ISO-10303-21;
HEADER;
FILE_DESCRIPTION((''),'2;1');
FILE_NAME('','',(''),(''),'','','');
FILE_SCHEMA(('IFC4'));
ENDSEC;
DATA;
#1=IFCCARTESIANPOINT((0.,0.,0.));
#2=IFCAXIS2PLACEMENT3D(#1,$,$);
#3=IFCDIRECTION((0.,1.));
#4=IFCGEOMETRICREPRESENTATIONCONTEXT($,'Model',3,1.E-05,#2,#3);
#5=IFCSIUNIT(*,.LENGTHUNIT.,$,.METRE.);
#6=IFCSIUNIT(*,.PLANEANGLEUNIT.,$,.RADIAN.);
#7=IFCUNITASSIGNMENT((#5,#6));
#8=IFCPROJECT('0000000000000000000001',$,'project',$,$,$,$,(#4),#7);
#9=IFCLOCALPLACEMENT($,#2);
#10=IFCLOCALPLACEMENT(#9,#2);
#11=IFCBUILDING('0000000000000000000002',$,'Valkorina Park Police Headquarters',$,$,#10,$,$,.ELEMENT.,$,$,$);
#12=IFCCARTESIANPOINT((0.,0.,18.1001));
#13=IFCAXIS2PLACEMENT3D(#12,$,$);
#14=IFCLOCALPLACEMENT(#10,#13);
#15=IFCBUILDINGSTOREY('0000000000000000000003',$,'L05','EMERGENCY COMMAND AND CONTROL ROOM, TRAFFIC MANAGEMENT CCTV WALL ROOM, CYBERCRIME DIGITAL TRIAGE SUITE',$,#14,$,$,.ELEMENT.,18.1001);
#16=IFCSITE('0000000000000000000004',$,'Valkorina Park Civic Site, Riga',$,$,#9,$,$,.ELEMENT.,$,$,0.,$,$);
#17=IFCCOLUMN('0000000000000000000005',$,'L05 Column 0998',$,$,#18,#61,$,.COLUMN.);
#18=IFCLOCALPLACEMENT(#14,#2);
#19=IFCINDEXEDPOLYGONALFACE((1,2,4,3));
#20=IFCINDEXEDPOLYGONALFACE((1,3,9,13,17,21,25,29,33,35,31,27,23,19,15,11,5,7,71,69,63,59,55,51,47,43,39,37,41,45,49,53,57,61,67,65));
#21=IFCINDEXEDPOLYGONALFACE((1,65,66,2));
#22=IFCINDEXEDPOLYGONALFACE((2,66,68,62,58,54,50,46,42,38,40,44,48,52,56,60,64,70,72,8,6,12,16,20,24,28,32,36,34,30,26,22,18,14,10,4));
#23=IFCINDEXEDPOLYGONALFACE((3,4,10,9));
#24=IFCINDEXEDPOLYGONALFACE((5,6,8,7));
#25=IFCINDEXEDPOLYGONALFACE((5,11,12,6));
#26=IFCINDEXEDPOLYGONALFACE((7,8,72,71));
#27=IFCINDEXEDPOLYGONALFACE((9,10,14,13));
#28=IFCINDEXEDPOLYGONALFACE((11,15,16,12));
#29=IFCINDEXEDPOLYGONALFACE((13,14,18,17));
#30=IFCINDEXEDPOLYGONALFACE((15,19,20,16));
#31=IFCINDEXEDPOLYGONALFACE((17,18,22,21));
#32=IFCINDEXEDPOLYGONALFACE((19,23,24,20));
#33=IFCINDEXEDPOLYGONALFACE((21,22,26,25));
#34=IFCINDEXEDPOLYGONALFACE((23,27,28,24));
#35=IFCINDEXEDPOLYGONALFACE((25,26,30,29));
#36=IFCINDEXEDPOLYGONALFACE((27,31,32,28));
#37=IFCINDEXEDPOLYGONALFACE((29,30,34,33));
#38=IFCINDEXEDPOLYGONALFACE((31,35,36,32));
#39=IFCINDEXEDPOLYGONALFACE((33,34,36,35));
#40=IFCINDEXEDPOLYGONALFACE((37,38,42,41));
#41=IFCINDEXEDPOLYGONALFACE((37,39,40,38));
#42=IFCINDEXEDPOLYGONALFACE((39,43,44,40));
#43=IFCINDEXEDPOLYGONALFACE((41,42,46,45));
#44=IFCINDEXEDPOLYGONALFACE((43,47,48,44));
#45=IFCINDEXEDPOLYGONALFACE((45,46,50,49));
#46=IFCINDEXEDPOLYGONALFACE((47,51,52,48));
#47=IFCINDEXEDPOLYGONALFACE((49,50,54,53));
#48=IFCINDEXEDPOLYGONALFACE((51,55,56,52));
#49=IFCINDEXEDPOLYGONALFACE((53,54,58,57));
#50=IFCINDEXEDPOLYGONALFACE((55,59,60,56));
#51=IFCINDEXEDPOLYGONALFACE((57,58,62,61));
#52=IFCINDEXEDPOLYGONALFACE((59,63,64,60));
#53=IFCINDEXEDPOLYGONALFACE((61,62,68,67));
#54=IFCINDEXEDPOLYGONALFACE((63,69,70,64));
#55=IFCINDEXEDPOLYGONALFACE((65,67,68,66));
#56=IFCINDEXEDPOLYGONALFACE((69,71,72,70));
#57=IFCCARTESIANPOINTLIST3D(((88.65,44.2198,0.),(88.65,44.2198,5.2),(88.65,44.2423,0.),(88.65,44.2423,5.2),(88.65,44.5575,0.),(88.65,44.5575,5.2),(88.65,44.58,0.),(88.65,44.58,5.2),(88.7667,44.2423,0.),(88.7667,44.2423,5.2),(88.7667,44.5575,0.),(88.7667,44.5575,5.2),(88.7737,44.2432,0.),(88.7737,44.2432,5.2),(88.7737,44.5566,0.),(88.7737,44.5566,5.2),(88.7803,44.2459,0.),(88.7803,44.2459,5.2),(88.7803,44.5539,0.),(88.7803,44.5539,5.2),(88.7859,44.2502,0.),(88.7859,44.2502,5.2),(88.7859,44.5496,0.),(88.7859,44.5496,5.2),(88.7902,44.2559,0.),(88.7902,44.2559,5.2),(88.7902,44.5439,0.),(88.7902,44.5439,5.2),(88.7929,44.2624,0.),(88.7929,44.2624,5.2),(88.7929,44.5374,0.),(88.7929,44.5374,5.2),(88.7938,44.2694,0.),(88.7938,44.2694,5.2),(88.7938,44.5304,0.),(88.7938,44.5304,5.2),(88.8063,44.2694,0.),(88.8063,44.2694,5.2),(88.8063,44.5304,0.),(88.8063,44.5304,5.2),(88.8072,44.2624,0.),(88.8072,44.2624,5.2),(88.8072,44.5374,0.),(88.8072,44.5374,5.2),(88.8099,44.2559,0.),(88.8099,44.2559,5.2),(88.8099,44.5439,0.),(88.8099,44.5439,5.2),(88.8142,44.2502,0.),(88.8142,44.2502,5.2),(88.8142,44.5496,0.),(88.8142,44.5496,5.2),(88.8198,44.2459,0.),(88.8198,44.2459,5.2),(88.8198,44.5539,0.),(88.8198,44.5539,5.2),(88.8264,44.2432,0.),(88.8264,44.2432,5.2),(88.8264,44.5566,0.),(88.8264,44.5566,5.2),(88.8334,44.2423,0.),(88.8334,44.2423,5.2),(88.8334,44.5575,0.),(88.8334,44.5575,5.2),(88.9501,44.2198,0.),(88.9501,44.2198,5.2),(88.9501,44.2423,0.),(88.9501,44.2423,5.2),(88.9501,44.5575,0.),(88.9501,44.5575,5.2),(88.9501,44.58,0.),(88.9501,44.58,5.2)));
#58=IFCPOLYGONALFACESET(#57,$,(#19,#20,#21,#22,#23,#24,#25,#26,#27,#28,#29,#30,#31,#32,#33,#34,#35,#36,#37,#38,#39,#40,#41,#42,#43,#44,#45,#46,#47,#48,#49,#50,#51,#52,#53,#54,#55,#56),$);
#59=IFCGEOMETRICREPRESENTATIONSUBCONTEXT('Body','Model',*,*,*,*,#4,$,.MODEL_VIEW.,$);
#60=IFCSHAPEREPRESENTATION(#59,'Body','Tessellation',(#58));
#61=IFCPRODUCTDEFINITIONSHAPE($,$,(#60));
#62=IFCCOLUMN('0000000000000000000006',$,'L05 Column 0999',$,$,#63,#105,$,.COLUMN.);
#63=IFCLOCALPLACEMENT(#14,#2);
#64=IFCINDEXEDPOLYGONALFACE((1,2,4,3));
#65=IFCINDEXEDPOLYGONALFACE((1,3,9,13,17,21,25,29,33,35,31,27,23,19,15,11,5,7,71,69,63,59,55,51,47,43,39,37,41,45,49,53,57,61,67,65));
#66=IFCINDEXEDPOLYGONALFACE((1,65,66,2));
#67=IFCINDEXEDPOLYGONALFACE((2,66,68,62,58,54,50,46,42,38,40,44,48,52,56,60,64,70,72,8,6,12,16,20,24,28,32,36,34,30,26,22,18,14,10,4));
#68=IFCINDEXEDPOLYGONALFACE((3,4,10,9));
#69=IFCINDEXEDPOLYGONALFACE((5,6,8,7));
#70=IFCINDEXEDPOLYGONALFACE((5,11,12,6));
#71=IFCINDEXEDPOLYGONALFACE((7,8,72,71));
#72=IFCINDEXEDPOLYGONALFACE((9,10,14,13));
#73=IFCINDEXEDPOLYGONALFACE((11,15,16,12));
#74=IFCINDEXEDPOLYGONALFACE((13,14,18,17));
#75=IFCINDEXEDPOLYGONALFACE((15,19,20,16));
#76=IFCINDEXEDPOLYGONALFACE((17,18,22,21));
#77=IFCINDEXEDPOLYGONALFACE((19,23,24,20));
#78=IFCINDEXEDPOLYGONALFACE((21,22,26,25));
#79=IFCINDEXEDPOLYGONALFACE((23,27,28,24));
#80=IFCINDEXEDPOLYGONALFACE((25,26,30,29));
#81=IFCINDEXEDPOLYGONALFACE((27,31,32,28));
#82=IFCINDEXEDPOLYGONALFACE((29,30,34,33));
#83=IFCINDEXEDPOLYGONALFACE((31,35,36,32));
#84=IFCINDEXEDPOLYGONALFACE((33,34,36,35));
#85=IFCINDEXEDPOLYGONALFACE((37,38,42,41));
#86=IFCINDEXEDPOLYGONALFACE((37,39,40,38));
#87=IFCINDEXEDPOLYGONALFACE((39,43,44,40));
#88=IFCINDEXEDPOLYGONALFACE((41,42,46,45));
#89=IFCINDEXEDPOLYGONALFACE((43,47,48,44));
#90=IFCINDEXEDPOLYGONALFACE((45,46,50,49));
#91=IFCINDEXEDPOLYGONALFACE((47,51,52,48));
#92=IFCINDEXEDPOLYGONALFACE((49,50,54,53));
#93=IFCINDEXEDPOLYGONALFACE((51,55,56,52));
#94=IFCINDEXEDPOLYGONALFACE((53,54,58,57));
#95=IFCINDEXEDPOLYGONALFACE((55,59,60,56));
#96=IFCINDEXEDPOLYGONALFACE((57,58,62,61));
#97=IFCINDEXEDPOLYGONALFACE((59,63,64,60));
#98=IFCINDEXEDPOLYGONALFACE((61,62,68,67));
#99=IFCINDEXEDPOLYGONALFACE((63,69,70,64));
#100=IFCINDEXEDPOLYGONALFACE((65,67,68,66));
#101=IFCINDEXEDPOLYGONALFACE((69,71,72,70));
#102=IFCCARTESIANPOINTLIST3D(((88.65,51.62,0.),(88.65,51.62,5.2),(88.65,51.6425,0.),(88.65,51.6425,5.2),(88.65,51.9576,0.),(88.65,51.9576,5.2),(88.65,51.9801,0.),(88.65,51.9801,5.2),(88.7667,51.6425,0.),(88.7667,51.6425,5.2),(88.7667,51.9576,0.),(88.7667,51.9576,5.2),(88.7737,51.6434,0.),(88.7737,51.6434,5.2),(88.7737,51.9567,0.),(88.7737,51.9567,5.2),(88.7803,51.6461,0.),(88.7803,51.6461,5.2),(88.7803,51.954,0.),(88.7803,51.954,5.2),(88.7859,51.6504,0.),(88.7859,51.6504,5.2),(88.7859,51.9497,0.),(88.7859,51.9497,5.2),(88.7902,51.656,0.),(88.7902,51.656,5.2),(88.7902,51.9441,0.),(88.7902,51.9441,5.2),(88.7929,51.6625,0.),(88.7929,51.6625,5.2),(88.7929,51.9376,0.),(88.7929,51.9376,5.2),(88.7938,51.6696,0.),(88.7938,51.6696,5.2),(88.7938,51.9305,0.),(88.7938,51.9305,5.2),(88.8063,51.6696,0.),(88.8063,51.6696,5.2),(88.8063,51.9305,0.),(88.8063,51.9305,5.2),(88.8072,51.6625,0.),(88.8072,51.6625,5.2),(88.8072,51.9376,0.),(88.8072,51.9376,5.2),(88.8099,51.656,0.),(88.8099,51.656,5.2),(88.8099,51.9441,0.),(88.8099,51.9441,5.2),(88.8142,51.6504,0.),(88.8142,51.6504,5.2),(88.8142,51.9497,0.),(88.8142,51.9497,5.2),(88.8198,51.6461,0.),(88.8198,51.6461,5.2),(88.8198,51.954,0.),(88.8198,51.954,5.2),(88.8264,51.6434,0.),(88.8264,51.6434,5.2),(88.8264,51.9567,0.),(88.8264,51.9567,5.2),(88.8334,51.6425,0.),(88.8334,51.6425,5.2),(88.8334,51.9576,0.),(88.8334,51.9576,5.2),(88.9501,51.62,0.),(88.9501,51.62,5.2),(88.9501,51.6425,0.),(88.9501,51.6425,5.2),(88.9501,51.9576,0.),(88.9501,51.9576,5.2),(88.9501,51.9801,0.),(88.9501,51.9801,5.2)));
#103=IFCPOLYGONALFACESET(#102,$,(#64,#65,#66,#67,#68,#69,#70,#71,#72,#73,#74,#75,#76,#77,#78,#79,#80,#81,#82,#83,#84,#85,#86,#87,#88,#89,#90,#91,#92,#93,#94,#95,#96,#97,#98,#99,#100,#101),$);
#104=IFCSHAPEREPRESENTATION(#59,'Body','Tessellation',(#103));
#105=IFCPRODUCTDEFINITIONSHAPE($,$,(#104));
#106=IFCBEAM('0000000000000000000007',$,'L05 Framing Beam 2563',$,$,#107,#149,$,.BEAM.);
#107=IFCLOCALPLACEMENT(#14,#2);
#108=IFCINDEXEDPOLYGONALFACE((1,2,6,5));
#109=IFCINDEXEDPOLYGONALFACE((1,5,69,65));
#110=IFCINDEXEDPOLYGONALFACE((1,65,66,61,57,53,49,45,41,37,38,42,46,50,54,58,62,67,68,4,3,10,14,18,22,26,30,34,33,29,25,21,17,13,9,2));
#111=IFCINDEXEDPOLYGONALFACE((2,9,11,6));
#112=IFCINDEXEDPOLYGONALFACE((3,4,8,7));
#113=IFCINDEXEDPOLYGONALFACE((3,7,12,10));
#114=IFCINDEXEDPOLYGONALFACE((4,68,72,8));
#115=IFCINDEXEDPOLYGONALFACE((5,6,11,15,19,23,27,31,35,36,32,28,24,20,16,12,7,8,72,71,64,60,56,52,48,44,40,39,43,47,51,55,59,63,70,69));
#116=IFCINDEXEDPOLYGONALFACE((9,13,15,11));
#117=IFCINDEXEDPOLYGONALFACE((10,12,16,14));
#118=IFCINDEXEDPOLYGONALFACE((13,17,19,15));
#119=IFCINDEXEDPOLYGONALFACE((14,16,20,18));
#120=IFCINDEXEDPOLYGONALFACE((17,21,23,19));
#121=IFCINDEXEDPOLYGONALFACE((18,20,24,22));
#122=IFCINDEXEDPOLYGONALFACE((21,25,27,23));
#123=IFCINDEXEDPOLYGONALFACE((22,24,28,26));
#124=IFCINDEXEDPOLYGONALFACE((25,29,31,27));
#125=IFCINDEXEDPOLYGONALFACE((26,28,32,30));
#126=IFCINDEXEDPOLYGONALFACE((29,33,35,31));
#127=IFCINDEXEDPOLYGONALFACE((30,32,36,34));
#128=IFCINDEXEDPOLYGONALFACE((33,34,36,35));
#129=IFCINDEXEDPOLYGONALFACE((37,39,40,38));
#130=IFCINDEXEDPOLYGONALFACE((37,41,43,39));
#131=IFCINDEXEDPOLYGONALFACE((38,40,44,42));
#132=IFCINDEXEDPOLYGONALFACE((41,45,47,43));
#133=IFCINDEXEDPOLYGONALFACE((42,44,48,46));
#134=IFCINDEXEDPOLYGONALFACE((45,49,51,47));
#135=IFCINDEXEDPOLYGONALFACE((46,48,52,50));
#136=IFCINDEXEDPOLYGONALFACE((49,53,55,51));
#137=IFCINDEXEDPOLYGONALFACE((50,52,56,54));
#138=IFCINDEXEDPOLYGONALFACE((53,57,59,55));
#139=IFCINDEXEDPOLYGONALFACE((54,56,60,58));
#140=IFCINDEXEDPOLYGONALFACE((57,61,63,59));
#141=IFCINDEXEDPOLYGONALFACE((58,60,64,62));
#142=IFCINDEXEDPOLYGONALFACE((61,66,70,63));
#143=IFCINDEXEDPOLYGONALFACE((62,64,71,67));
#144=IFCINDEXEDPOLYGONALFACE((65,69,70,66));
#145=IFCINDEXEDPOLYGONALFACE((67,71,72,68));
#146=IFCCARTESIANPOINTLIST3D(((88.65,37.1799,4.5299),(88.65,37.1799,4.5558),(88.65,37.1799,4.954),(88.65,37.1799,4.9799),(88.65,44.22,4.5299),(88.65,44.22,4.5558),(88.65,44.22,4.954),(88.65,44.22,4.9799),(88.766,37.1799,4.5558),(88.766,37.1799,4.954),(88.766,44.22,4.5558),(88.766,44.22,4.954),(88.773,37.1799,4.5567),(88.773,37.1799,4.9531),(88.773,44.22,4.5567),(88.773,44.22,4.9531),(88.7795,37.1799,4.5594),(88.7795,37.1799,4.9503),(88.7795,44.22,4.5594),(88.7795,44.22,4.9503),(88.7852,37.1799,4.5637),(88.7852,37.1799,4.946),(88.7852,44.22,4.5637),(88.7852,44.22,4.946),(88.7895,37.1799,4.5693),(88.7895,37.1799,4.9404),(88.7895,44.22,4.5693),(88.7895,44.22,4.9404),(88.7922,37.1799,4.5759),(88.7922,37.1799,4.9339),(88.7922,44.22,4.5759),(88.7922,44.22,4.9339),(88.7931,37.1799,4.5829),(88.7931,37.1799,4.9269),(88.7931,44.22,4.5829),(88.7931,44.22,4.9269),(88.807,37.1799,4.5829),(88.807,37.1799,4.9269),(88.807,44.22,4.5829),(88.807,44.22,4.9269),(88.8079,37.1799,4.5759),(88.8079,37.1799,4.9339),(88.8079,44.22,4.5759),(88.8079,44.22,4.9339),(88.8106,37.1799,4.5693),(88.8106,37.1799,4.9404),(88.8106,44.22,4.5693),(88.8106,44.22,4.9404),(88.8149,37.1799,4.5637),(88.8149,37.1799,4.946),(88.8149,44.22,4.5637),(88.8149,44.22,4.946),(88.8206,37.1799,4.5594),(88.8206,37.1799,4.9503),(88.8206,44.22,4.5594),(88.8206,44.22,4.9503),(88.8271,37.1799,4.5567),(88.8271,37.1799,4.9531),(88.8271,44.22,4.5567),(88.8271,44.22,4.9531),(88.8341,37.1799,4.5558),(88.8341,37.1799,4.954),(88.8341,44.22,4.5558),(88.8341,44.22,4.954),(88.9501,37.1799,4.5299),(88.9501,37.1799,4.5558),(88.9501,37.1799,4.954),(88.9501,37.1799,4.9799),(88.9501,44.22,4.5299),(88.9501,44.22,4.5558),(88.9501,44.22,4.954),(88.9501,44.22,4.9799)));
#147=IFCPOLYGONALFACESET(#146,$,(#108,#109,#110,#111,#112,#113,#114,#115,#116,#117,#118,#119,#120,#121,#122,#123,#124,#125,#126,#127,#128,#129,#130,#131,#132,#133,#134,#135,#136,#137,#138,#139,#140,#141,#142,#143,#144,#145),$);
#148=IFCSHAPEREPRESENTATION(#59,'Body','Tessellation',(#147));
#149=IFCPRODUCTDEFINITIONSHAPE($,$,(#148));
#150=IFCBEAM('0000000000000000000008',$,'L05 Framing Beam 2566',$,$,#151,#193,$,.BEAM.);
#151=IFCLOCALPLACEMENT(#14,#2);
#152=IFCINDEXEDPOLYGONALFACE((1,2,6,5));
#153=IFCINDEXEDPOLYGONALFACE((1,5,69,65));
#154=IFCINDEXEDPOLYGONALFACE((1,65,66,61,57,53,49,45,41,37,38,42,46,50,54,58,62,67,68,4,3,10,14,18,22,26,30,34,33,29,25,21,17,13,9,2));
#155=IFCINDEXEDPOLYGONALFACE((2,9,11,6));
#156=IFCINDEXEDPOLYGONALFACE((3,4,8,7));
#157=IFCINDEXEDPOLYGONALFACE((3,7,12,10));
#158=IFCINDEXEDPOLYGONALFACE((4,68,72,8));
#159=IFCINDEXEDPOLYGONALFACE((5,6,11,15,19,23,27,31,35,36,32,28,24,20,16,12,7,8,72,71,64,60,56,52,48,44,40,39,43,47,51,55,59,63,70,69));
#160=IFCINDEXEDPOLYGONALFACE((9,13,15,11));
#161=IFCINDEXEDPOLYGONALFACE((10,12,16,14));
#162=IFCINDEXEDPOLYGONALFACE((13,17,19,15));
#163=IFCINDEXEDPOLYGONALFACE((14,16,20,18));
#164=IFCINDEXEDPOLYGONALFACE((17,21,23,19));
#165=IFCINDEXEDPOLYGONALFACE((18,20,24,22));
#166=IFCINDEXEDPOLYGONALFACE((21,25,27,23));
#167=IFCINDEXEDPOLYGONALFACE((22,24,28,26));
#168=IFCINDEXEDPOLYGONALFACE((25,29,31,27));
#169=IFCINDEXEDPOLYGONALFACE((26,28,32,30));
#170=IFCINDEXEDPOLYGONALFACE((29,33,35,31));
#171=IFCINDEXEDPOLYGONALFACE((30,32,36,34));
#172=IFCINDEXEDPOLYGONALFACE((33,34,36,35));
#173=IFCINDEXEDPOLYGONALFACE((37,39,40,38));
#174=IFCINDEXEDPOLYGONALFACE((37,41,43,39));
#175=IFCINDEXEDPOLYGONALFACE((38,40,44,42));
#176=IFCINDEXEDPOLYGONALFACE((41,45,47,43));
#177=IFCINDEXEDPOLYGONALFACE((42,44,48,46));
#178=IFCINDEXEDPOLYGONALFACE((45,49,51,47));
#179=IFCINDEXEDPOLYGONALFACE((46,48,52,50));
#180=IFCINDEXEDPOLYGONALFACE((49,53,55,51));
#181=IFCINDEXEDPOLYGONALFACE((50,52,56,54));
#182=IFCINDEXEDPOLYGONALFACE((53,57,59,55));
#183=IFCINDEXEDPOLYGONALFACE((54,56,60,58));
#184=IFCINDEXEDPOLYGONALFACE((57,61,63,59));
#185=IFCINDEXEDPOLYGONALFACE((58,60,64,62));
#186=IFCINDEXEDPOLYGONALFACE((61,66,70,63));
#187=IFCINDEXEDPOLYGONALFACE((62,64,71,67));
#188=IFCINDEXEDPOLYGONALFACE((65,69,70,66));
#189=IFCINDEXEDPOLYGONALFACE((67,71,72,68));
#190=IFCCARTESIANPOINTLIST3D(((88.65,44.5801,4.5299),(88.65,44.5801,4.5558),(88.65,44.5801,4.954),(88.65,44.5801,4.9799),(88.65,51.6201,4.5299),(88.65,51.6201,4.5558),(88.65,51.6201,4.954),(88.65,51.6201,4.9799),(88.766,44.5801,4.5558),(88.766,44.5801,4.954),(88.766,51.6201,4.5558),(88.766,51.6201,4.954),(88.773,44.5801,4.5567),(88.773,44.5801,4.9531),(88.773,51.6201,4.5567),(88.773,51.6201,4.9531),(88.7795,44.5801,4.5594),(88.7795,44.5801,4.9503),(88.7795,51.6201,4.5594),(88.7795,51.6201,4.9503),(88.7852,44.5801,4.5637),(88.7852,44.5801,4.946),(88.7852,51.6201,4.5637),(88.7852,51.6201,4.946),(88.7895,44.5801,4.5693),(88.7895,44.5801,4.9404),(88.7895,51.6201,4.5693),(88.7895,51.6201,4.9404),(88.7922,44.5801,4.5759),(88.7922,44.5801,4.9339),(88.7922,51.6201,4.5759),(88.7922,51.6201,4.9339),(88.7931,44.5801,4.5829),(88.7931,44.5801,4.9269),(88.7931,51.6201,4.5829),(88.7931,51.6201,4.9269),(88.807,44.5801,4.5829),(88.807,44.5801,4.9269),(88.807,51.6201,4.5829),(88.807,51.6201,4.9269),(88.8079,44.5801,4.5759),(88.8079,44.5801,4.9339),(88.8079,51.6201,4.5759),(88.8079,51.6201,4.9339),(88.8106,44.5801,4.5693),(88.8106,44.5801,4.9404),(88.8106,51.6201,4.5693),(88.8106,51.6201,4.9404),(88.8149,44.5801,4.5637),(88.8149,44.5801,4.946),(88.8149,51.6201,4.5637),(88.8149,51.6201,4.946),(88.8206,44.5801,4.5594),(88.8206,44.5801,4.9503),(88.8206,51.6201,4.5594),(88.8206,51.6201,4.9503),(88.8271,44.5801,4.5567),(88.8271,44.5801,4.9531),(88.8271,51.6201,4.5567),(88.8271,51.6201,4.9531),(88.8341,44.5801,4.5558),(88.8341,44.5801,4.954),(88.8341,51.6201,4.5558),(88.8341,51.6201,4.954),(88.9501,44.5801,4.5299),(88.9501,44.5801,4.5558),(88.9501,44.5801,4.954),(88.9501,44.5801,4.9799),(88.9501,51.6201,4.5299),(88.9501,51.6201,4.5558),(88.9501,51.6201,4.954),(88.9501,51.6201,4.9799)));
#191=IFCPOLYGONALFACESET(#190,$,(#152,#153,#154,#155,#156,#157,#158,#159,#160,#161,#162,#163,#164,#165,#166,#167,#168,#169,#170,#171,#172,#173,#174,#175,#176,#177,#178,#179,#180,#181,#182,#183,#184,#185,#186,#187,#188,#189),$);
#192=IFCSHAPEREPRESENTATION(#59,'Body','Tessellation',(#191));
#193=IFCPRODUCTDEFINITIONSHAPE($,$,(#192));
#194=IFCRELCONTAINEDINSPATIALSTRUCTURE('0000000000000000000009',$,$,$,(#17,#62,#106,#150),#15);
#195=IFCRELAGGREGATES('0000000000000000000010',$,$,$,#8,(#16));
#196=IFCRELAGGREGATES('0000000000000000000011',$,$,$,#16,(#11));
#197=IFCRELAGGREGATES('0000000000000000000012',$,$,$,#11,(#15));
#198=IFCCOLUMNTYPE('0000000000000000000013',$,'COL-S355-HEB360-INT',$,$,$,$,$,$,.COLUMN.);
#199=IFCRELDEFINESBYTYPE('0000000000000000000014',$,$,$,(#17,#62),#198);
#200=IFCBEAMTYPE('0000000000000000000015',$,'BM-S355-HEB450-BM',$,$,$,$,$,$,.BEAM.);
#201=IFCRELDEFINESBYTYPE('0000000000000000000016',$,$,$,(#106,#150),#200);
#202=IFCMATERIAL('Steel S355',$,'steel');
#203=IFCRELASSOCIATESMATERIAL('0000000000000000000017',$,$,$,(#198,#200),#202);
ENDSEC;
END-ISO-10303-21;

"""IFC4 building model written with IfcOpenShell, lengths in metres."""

from ifc_helpers import new_model, si_unit, direction, frame, origin, origin_2d, place, context, subcontext, project, spatial, i_section, extrude, material, material_profile, profile_set, type_object, element, save


model = new_model("IFC4")

# Units and contexts
model_context = context("Model", 3, precision=1e-05, world=origin(), true_north=direction((0.0, 1.0)))
body_context = subcontext(model_context, "Body", "Model", "MODEL_VIEW")
ifc_project = project(units=[si_unit("LENGTHUNIT", "METRE"), si_unit("PLANEANGLEUNIT", "RADIAN")], contexts=[model_context])

# Site, building, storey
site_placement = place(None, origin())
site = spatial("IfcSite", under=ifc_project, at=site_placement, Name="Valkorina Park Civic Site, Riga", CompositionType="ELEMENT", RefElevation=0.0)
building_placement = place(site_placement, origin())
building = spatial("IfcBuilding", under=site, at=building_placement, Name="Valkorina Park Police Headquarters", CompositionType="ELEMENT")
storey_placement = place(building_placement, frame((0.0, 0.0, 18.1001)))
storey = spatial("IfcBuildingStorey", under=building, at=storey_placement, Name="L05", Description="EMERGENCY COMMAND AND CONTROL ROOM, TRAFFIC MANAGEMENT CCTV WALL ROOM, CYBERCRIME DIGITAL TRIAGE SUITE", CompositionType="ELEMENT", Elevation=18.1001)

# Columns
ifc_material_1 = material(Name="Steel S355", Category="steel")
ifc_material_profile_1 = material_profile(ifc_material_1, i_section(OverallWidth=0.3, OverallDepth=0.3601, WebThickness=0.0125, FlangeThickness=0.0225, FilletRadius=0.0271, at=origin_2d()), Name="HEB 360")
ifc_profile_set_1 = profile_set([ifc_material_profile_1], Name="Steel S355")
column_type = type_object("IfcColumnType", Name="COL-S355-HEB360-INT", PredefinedType="COLUMN", material=ifc_profile_set_1)
for number, where, z_axis, x_axis, name in (
    (1, (88.8, 44.3999, 0.0), (0.0, 0.0, 1.0), (1.0, 0.0, 0.0), "L05 Column 0998"),
    (2, (88.8, 51.8, 0.0), (0.0, 0.0, 1.0), (1.0, 0.0, 0.0), "L05 Column 0999"),
):
    element("IfcColumn", number, at=place(storey_placement, frame(where, z_axis=z_axis, x_axis=x_axis)), inside=storey, type_object=column_type, Name=name, PredefinedType="COLUMN", context=body_context, shape_type="SweptSolid", body=[
        extrude(i_section(OverallWidth=0.3, OverallDepth=0.3601, WebThickness=0.0125, FlangeThickness=0.0225, FilletRadius=0.0271, at=origin_2d()), origin(), (0.0, 0.0, 1.0), 5.2),
    ])

# Beams
ifc_material_profile_2 = material_profile(ifc_material_1, i_section(OverallWidth=0.3, OverallDepth=0.45, WebThickness=0.0139, FlangeThickness=0.0259, FilletRadius=0.0271, at=origin_2d()), Name="HEB 450")
ifc_profile_set_2 = profile_set([ifc_material_profile_2], Name="Steel S355")
beam_type_1 = type_object("IfcBeamType", Name="BM-S355-HEB450-BM", PredefinedType="BEAM", material=ifc_profile_set_2)
for number, where, z_axis, x_axis, name in (
    (3, (88.8, 37.1799, 4.7549), (0.0, 1.0, 0.0), (-1.0, 0.0, 0.0), "L05 Framing Beam 2563"),
    (4, (88.8, 44.5801, 4.7549), (0.0, 1.0, 0.0), (-1.0, 0.0, 0.0), "L05 Framing Beam 2566"),
):
    element("IfcBeam", number, at=place(storey_placement, frame(where, z_axis=z_axis, x_axis=x_axis)), inside=storey, type_object=beam_type_1, Name=name, PredefinedType="BEAM", context=body_context, shape_type="SweptSolid", body=[
        extrude(i_section(OverallWidth=0.3, OverallDepth=0.45, WebThickness=0.0139, FlangeThickness=0.0259, FilletRadius=0.0271, at=origin_2d()), origin(), (0.0, 0.0, 1.0), 7.04),
    ])

save(model, "model.ifc")
